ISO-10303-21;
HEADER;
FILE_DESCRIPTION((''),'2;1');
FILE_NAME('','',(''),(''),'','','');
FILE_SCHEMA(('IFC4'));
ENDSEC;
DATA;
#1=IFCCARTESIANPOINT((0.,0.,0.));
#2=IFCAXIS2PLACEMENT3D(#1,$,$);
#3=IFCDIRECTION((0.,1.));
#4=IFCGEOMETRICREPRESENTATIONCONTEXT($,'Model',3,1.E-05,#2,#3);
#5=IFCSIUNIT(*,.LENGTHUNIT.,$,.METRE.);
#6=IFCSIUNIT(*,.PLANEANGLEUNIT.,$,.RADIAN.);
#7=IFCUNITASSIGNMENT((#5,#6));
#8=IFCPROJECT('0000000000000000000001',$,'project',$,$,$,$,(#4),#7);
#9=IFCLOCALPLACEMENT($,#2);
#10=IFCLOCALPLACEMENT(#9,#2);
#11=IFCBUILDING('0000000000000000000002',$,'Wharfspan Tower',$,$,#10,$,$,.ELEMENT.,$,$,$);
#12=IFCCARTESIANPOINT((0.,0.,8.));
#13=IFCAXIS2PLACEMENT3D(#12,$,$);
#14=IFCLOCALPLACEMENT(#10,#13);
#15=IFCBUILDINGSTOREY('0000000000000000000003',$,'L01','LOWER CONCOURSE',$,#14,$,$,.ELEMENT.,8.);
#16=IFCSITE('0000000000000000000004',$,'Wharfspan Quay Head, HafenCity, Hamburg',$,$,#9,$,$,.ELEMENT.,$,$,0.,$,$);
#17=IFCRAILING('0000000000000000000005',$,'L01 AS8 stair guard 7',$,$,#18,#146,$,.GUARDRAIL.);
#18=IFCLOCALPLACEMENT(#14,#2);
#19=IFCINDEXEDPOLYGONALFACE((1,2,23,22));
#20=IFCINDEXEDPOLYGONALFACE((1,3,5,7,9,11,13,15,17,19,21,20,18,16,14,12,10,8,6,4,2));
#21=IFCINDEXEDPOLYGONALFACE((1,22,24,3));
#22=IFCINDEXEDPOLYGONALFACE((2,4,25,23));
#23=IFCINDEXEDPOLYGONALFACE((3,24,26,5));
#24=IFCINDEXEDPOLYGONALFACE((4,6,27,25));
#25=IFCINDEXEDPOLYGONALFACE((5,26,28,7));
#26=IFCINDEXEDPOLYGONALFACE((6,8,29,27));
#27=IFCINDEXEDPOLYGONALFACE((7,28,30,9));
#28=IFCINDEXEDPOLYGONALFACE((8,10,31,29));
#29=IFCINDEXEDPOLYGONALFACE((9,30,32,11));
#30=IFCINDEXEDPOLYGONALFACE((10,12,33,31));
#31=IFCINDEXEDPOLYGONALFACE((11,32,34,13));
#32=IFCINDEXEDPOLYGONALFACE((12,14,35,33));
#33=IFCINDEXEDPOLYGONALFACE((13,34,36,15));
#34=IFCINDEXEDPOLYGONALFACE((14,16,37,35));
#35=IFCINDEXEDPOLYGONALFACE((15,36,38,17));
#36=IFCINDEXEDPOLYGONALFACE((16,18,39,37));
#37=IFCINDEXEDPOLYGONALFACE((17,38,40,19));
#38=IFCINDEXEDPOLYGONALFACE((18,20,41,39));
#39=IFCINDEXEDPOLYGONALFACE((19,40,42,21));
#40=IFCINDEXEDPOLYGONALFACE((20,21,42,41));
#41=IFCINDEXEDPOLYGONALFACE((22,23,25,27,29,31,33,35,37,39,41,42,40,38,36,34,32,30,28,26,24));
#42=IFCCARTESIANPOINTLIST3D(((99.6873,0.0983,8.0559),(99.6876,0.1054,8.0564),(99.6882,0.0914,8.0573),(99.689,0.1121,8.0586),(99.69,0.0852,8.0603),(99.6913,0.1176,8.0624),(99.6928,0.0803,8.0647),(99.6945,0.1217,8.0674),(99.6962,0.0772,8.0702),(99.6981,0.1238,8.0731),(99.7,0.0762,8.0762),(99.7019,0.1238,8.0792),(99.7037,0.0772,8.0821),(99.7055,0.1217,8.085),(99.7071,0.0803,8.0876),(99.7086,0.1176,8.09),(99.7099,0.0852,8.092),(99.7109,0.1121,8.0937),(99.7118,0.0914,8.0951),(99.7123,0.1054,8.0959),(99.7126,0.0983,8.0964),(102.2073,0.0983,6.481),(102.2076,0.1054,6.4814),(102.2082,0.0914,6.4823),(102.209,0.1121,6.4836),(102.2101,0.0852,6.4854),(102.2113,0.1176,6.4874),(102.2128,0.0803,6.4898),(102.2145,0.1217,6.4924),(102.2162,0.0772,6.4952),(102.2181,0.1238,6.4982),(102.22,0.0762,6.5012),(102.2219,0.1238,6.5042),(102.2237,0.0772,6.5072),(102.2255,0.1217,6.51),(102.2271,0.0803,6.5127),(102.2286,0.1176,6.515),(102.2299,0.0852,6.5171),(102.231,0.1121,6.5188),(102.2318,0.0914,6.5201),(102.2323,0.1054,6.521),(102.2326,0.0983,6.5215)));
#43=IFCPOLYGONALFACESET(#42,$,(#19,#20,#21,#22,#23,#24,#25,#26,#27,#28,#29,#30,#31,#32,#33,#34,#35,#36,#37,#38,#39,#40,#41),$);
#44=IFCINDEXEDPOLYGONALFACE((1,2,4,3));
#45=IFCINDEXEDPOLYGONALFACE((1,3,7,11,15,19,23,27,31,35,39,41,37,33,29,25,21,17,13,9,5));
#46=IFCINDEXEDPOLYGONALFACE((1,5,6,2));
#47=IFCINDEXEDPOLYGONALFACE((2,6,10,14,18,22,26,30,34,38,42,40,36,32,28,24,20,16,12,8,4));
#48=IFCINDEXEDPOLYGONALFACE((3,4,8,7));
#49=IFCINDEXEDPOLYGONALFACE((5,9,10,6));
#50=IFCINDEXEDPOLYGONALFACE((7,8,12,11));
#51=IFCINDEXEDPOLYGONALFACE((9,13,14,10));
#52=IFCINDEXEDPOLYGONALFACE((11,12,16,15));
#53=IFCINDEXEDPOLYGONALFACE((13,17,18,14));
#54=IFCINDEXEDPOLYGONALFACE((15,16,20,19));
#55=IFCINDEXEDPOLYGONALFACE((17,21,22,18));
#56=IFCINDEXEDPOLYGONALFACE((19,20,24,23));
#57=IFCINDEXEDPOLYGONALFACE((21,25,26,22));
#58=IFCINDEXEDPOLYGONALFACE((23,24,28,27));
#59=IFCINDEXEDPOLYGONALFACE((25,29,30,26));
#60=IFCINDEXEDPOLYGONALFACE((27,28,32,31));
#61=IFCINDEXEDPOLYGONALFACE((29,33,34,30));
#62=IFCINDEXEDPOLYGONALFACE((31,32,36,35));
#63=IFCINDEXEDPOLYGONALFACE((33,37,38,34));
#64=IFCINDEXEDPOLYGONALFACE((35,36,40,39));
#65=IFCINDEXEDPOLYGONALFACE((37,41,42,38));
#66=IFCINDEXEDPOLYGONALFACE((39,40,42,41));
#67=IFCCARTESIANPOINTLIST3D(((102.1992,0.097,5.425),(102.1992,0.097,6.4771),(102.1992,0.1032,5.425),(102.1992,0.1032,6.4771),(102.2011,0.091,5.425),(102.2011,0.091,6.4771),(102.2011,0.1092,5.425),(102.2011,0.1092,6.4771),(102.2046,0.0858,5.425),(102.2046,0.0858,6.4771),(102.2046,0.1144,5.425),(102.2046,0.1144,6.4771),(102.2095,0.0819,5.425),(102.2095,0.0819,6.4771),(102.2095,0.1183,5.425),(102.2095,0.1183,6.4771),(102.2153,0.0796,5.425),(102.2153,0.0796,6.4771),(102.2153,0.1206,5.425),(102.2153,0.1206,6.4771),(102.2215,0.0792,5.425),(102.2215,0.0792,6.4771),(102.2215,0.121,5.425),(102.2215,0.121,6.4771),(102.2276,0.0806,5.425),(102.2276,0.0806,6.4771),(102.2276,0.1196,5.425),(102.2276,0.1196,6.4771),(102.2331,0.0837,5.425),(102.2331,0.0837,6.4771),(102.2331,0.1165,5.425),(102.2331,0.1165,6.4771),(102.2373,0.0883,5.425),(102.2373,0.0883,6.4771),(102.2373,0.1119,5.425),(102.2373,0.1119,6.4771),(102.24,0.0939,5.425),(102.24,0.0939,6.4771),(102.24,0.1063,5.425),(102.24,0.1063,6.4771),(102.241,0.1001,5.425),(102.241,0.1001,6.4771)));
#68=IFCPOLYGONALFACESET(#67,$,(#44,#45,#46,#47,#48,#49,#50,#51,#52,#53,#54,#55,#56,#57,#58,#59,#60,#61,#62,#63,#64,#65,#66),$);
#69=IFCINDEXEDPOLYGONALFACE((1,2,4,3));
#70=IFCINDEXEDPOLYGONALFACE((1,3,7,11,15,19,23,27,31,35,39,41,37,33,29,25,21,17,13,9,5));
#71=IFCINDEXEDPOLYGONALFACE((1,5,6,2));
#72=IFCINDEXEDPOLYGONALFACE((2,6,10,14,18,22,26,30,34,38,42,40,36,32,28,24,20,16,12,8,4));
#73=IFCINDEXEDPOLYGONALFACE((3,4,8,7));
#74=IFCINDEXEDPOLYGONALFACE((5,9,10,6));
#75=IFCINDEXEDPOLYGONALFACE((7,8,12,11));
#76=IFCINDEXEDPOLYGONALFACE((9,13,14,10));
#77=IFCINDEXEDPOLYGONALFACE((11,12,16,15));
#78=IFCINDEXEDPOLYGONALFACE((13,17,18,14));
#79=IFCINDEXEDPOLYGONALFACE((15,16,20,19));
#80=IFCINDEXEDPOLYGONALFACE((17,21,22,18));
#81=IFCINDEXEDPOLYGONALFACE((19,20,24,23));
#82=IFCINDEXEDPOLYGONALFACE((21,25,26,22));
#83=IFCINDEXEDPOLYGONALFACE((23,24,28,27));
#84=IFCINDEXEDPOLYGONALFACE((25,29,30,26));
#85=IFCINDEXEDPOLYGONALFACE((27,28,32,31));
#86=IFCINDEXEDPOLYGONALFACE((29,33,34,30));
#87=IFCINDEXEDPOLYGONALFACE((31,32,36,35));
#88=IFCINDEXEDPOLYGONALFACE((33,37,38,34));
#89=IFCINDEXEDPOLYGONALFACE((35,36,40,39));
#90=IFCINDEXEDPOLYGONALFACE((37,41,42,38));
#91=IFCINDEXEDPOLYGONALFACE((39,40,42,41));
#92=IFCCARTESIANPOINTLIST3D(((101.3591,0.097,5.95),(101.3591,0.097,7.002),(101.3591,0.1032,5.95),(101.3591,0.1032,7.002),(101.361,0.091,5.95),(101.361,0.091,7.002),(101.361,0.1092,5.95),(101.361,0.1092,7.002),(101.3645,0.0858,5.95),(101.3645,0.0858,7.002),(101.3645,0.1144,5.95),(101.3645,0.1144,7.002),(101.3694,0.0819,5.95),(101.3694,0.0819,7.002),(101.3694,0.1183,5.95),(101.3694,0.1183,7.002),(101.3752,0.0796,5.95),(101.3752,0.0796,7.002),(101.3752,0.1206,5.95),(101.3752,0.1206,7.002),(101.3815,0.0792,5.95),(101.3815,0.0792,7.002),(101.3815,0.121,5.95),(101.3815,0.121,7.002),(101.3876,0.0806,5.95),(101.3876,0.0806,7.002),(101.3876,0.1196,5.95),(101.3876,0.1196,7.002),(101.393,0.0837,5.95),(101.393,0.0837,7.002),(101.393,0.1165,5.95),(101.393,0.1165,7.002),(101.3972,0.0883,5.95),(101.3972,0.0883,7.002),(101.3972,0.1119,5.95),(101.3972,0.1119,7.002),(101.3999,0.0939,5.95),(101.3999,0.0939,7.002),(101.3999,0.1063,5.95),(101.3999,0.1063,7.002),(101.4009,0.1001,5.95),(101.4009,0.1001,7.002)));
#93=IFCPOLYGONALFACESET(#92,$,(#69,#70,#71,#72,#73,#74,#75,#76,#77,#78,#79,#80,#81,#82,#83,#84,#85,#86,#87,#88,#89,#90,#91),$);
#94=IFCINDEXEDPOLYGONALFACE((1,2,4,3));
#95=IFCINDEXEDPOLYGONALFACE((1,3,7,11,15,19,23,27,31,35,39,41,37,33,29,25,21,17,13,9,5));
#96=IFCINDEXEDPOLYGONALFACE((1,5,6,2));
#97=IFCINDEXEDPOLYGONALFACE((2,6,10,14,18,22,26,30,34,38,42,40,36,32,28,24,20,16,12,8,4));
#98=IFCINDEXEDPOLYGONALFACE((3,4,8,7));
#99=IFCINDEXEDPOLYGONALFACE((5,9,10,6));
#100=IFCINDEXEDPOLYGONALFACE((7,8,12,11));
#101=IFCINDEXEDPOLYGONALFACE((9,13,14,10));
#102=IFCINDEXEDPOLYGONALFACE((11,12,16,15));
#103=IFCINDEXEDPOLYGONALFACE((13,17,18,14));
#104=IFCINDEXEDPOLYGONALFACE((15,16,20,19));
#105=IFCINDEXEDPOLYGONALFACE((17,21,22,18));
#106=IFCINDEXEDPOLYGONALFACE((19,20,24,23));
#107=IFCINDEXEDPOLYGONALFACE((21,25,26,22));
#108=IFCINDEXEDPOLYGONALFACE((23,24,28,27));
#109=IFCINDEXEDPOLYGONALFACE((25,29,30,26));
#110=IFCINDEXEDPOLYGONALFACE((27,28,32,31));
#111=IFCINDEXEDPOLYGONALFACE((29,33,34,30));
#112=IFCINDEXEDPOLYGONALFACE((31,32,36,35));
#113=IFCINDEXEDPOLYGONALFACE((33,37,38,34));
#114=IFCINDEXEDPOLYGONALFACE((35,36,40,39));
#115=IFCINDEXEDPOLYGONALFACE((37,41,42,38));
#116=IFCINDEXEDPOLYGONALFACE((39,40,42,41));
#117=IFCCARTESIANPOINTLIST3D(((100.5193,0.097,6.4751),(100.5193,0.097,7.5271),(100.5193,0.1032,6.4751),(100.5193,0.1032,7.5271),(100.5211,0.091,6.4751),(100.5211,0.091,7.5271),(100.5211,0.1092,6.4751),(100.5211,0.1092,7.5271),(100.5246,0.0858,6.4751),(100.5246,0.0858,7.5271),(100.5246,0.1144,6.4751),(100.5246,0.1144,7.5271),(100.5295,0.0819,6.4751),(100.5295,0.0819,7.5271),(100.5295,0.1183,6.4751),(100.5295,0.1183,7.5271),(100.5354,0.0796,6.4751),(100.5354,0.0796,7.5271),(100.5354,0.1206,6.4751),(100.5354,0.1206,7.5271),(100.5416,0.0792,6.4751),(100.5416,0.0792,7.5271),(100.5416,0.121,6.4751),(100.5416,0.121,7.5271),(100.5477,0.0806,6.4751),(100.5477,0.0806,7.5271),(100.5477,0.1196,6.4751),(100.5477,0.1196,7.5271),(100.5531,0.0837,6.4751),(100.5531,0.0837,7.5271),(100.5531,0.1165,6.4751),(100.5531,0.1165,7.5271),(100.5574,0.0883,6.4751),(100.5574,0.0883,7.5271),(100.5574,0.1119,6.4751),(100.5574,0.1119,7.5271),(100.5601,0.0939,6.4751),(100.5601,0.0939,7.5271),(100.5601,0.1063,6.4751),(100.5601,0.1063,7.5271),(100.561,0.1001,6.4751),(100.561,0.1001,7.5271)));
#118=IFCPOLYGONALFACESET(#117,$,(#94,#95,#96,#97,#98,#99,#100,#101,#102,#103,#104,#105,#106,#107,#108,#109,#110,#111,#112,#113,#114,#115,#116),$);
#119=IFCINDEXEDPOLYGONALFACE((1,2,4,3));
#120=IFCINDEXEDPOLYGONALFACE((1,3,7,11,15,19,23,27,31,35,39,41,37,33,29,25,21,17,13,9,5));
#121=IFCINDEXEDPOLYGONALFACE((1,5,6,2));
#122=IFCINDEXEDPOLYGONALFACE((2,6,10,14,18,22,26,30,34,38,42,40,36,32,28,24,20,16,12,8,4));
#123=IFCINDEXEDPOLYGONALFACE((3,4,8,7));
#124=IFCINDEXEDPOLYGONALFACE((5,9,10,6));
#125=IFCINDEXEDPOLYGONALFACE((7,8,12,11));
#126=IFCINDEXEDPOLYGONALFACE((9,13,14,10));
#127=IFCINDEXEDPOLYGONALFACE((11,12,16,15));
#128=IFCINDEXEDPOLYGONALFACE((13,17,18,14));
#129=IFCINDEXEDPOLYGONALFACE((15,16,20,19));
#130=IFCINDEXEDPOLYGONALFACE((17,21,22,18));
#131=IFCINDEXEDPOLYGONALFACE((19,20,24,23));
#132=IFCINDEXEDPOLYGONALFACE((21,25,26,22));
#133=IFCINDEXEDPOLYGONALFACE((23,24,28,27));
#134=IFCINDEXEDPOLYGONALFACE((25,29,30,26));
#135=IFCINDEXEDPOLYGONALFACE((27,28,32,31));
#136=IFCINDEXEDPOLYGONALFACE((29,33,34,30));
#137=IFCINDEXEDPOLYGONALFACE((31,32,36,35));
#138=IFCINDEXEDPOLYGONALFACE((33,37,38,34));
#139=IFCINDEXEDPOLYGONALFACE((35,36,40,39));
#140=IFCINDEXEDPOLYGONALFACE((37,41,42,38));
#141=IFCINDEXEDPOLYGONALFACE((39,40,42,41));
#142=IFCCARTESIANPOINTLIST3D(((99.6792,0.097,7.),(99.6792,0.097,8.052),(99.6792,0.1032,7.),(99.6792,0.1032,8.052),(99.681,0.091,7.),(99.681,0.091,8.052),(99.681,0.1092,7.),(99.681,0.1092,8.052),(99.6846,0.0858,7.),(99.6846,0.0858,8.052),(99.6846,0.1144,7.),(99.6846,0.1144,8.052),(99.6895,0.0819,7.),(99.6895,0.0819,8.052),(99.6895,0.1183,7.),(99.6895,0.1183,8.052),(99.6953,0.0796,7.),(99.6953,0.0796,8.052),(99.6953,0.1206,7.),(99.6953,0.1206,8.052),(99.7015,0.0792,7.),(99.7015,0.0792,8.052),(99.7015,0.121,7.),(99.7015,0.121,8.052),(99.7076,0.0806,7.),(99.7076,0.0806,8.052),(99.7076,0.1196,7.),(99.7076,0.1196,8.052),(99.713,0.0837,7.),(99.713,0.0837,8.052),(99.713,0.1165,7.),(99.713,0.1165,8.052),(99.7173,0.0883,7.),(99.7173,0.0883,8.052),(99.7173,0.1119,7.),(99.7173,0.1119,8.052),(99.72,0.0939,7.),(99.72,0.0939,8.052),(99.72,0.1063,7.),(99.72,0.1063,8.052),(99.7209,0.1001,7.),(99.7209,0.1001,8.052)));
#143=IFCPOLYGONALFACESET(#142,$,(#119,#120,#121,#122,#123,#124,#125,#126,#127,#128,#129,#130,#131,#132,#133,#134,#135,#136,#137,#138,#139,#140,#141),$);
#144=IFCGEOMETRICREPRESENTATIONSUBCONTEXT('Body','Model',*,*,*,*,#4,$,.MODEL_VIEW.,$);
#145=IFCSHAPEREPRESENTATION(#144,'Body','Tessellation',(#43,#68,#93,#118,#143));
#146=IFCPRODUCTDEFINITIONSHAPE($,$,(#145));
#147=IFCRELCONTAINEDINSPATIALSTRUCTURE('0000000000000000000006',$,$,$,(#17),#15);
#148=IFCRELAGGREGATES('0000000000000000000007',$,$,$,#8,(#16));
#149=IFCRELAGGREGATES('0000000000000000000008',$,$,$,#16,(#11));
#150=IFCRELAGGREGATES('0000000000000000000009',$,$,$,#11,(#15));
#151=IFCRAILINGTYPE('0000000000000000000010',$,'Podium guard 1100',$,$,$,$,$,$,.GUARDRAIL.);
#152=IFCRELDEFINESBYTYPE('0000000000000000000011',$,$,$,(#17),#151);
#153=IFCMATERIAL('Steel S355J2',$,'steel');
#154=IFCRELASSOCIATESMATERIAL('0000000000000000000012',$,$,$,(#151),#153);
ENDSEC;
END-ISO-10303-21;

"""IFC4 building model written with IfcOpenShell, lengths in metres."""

from ifc_helpers import new_model, si_unit, direction, frame, origin, origin_2d, place, context, subcontext, project, spatial, circle, extrude, material, type_object, element, save


model = new_model("IFC4")

# Units and contexts
model_context = context("Model", 3, precision=1e-05, world=origin(), true_north=direction((0.0, 1.0)))
body_context = subcontext(model_context, "Body", "Model", "MODEL_VIEW")
ifc_project = project(units=[si_unit("LENGTHUNIT", "METRE"), si_unit("PLANEANGLEUNIT", "RADIAN")], contexts=[model_context])

# Site, building, storey
site_placement = place(None, origin())
site = spatial("IfcSite", under=ifc_project, at=site_placement, Name="Wharfspan Quay Head, HafenCity, Hamburg", CompositionType="ELEMENT", RefElevation=0.0)
building_placement = place(site_placement, origin())
building = spatial("IfcBuilding", under=site, at=building_placement, Name="Wharfspan Tower", CompositionType="ELEMENT")
storey_placement = place(building_placement, frame((0.0, 0.0, 8.0)))
storey = spatial("IfcBuildingStorey", under=building, at=storey_placement, Name="L01", Description="LOWER CONCOURSE", CompositionType="ELEMENT", Elevation=8.0)

# Railing
ifc_material_1 = material(Name="Steel S355J2", Category="steel")
railing_type_1 = type_object("IfcRailingType", Name="Podium guard 1100", PredefinedType="GUARDRAIL", material=ifc_material_1)
railing_1_placement = place(storey_placement, frame((102.22, 0.1001, 5.425)))
element("IfcRailing", 1, at=railing_1_placement, inside=storey, type_object=railing_type_1, Name="L01 AS8 stair guard 7", PredefinedType="GUARDRAIL", context=body_context, shape_type="SweptSolid", body=[
    extrude(circle(Radius=0.0239, at=origin_2d()), frame((0.0, 0.0, 1.0762), z_axis=(-0.848008, 0.0, 0.529984), x_axis=(0.0, -1.0, 0.0)), (0.0, 0.0, 1.0), 2.9717),
    extrude(circle(Radius=0.021, at=origin_2d()), origin(), (0.0, 0.0, 1.0), 1.052),
    extrude(circle(Radius=0.021, at=origin_2d()), frame((-0.8401, 0.0, 0.5249)), (0.0, 0.0, 1.0), 1.052),
    extrude(circle(Radius=0.021, at=origin_2d()), frame((-1.6799, 0.0, 1.05)), (0.0, 0.0, 1.0), 1.052),
    extrude(circle(Radius=0.021, at=origin_2d()), frame((-2.52, 0.0, 1.575)), (0.0, 0.0, 1.0), 1.052),
])

save(model, "model.ifc")
